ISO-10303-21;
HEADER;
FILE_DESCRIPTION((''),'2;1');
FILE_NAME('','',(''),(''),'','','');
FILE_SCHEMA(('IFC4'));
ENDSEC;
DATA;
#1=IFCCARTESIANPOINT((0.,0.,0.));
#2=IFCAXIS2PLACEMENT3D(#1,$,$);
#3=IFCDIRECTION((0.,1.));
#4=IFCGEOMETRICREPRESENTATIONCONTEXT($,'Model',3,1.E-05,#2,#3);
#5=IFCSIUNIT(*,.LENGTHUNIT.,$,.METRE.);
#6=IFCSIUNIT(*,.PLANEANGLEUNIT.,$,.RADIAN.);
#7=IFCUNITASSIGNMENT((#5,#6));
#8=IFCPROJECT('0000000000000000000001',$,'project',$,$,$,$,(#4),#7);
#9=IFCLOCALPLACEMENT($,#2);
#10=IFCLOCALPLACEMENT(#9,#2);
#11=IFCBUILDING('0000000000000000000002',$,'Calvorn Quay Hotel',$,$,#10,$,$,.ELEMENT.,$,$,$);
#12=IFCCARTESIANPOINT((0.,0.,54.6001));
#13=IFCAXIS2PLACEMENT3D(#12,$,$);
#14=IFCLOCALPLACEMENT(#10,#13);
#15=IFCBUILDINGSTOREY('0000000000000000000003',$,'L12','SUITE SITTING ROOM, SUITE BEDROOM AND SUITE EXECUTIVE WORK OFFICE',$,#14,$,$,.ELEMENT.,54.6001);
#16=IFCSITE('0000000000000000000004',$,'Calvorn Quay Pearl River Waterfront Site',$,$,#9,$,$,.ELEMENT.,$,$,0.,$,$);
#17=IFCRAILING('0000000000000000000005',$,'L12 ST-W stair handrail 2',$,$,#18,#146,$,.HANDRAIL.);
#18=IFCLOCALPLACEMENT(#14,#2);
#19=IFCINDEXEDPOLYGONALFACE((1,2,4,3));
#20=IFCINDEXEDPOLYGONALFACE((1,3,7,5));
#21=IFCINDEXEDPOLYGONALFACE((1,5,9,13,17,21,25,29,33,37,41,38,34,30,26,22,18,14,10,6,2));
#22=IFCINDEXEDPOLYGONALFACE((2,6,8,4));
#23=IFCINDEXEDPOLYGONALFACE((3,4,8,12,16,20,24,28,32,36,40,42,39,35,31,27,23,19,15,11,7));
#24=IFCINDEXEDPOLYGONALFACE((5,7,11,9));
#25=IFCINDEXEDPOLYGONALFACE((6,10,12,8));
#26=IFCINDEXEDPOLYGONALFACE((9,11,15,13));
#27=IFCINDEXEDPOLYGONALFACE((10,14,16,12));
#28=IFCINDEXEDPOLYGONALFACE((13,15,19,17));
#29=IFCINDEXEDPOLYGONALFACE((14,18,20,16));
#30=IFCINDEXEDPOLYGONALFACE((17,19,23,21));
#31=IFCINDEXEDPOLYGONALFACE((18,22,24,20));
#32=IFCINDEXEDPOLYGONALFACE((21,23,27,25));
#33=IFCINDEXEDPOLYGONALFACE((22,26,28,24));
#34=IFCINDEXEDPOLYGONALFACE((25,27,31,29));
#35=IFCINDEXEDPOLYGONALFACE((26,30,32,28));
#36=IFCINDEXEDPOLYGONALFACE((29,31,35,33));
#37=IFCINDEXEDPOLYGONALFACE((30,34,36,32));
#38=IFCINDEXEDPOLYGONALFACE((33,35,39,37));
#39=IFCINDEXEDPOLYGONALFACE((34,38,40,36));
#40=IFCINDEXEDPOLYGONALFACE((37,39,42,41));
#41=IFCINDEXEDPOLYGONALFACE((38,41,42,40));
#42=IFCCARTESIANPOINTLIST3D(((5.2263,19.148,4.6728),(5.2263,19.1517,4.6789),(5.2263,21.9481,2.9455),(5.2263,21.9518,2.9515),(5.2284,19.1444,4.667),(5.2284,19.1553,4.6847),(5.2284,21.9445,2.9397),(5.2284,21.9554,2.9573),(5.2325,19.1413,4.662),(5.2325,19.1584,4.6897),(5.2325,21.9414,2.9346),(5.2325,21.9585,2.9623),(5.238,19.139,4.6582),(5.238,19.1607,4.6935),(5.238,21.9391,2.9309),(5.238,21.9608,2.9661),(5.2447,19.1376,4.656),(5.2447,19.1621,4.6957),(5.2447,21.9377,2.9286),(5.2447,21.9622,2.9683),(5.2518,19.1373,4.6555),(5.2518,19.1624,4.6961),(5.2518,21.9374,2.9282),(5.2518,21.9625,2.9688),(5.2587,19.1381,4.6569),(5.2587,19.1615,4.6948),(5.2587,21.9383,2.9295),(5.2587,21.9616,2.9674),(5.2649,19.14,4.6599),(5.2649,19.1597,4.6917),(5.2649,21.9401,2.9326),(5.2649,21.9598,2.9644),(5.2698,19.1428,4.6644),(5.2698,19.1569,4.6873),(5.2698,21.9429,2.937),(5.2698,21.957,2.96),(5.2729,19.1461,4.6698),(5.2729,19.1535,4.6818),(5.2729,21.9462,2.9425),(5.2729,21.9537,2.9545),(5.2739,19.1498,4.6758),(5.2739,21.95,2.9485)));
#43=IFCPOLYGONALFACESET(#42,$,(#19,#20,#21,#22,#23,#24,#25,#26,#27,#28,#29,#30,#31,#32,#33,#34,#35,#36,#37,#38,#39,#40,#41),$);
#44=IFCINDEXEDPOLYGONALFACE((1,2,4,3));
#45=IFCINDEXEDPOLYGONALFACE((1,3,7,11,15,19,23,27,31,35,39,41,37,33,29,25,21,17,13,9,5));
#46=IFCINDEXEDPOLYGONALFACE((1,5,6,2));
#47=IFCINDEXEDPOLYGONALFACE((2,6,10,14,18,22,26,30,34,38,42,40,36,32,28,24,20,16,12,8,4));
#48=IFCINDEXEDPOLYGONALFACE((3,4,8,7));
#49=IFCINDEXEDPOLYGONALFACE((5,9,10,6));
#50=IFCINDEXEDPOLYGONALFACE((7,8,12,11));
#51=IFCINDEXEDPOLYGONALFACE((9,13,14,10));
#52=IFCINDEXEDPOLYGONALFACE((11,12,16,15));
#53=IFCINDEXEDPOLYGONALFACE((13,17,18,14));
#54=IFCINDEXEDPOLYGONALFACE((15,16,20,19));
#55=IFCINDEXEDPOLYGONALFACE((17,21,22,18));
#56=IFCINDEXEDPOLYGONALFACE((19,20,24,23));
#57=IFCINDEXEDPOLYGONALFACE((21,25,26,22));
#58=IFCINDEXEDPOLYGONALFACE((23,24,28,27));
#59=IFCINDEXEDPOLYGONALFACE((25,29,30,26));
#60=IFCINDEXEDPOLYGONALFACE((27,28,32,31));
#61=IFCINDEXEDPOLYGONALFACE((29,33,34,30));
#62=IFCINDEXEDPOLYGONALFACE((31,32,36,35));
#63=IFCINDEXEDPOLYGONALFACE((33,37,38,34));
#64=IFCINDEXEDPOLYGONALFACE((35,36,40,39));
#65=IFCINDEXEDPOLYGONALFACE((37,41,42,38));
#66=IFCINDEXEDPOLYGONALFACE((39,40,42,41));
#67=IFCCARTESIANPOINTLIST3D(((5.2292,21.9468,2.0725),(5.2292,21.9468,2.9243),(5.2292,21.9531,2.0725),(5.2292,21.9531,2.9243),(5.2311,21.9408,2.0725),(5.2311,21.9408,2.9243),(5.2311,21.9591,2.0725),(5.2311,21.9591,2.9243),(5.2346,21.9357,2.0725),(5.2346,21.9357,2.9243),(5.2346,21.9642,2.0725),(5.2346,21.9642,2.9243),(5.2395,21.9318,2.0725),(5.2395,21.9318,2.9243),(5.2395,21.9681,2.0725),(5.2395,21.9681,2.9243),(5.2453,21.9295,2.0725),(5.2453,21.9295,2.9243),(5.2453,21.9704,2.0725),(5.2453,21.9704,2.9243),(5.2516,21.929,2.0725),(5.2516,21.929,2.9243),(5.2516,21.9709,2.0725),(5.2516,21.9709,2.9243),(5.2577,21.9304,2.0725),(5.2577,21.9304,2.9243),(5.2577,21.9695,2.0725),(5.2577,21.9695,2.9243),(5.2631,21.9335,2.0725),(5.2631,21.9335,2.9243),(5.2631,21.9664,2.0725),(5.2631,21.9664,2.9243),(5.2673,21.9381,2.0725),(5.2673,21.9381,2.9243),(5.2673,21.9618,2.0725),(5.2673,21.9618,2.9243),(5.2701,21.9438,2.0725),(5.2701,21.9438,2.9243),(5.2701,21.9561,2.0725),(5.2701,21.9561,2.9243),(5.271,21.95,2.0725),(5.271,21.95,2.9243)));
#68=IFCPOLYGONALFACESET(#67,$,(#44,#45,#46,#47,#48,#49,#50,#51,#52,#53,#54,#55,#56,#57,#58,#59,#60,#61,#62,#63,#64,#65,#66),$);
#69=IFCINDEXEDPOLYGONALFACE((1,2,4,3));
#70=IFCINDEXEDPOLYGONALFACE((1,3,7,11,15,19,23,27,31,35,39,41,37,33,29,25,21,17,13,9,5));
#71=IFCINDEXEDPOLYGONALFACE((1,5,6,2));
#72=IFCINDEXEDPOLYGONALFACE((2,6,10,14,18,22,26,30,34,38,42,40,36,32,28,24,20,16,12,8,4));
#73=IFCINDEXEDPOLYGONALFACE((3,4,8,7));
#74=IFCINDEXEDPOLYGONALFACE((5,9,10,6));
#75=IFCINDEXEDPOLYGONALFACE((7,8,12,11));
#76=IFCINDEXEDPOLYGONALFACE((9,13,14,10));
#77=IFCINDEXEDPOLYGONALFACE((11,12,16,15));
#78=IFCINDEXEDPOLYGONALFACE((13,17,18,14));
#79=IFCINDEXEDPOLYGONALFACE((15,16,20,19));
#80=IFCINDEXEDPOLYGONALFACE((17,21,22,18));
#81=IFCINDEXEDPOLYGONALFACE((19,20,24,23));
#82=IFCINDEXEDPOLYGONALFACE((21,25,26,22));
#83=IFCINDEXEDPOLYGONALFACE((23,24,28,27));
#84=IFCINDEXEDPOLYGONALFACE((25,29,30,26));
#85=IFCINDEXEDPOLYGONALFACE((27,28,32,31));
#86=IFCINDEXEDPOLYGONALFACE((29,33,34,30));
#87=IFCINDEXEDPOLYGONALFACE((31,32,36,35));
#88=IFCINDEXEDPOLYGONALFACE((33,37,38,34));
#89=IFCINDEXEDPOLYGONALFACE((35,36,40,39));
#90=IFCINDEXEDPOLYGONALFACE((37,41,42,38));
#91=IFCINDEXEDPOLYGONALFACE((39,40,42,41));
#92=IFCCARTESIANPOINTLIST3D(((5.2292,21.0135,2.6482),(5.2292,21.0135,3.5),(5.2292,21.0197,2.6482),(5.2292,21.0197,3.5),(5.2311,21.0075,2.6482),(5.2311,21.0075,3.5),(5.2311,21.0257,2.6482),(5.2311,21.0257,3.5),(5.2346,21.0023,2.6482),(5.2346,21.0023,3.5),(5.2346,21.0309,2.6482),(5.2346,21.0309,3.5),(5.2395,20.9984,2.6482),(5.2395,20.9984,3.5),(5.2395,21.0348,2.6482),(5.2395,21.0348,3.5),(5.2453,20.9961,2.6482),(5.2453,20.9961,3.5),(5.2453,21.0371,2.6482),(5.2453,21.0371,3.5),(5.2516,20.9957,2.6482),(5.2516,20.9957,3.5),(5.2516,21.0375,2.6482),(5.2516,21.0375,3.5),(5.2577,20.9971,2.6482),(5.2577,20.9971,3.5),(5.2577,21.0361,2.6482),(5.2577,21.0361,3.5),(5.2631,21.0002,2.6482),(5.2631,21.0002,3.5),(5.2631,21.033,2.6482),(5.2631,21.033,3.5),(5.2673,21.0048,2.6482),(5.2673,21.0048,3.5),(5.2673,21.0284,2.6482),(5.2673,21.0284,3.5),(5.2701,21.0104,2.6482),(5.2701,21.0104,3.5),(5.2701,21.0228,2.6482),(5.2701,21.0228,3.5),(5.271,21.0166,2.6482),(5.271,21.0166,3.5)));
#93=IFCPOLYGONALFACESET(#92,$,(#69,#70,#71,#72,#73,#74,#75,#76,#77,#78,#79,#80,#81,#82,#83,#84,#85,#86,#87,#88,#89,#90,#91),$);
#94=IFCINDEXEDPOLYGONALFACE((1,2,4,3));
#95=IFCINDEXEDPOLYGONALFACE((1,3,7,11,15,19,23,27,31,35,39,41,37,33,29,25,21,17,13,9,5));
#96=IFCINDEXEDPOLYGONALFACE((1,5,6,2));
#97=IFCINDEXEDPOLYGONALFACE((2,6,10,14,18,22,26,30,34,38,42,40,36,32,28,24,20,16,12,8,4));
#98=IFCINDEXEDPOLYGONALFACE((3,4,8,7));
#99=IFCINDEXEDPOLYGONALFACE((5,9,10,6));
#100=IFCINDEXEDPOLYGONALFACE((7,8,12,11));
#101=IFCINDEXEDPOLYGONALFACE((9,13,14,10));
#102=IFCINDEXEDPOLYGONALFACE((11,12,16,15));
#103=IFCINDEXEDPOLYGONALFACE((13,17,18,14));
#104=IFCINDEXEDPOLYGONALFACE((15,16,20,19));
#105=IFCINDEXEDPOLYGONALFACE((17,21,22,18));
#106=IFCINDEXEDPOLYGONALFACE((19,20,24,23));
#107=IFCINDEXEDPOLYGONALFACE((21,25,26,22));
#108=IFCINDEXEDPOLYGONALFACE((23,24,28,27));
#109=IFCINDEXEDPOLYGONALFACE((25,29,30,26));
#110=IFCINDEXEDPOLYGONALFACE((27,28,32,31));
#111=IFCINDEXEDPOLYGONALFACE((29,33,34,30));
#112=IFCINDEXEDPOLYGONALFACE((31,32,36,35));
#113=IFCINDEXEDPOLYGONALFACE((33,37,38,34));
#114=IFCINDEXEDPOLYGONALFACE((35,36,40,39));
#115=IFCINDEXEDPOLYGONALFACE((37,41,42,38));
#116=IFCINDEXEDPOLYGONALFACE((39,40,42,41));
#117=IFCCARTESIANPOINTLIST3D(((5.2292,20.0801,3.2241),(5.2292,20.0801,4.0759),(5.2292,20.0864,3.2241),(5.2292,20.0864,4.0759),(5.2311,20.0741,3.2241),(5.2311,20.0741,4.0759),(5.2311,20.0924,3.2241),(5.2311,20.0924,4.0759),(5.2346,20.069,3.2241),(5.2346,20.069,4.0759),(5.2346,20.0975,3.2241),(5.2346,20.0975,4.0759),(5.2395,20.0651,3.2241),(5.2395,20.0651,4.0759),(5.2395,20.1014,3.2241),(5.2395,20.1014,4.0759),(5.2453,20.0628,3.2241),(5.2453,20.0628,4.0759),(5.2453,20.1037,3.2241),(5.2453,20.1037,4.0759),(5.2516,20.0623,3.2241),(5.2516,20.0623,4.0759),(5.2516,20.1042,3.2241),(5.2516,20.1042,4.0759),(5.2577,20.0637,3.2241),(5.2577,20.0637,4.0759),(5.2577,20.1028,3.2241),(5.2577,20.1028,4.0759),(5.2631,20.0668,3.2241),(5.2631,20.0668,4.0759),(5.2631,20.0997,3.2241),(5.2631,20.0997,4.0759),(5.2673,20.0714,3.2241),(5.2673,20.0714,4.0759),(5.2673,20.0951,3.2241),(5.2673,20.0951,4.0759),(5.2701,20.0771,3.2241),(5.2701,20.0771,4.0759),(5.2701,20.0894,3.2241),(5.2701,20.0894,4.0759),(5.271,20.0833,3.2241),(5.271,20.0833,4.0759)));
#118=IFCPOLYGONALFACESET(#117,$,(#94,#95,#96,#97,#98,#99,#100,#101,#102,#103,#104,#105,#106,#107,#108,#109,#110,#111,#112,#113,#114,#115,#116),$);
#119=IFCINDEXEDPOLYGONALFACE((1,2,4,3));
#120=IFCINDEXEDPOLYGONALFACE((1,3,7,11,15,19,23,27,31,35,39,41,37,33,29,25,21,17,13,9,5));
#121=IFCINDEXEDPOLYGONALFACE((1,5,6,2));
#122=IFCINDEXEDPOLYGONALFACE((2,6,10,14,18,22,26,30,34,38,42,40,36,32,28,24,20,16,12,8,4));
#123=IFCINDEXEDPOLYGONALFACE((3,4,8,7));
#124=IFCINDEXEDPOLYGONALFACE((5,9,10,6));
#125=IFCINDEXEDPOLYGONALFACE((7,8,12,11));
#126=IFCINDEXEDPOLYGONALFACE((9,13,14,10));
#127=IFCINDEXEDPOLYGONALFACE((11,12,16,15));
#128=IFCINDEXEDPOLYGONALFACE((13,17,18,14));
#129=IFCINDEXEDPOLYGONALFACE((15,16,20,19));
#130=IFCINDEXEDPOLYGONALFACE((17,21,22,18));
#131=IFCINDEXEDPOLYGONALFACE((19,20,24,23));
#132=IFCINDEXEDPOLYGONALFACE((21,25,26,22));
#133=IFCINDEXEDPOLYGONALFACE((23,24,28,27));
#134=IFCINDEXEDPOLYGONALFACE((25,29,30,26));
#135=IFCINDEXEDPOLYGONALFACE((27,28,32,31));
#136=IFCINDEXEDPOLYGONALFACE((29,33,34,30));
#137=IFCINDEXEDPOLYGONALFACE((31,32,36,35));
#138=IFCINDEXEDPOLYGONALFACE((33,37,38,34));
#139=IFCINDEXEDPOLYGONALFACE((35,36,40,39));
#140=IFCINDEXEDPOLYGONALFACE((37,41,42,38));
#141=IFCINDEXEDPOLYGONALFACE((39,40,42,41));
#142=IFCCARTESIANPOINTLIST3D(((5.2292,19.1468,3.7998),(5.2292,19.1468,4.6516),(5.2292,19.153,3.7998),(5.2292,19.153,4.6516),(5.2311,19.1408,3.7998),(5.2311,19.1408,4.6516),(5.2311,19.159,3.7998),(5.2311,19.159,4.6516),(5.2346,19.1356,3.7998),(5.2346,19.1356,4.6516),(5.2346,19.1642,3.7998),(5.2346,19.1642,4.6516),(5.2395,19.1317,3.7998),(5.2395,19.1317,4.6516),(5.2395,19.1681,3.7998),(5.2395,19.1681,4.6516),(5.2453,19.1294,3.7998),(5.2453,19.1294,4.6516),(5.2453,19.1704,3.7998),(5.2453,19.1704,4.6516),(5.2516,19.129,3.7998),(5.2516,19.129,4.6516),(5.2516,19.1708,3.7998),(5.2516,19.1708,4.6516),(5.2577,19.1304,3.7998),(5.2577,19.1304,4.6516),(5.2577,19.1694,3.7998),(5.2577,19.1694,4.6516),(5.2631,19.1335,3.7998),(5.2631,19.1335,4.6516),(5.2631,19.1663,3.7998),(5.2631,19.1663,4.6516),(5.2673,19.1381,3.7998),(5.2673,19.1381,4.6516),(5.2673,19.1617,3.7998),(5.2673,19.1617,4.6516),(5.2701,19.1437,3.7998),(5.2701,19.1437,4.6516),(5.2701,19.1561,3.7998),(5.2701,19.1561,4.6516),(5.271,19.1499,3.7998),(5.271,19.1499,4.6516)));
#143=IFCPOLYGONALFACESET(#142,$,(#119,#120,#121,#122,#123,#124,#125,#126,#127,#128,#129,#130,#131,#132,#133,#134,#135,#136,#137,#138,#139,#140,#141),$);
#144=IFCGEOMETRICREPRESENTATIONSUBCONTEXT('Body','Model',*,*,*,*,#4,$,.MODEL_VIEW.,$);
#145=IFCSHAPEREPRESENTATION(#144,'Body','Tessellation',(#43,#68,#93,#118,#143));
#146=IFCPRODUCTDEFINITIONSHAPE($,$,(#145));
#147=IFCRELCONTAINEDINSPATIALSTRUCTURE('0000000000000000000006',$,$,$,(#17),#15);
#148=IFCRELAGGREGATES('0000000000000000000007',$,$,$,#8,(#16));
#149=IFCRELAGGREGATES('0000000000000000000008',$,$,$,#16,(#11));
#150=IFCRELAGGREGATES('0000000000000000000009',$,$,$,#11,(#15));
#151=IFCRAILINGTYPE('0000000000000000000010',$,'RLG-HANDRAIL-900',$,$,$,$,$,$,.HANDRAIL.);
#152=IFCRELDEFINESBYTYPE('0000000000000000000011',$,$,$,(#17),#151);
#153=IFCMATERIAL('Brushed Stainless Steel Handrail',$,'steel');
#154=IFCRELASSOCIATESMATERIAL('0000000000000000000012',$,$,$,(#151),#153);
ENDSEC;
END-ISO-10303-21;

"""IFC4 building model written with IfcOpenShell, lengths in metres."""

from ifc_helpers import new_model, si_unit, direction, frame, origin, origin_2d, place, context, subcontext, project, spatial, circle, extrude, material, type_object, element, save


model = new_model("IFC4")

# Units and contexts
model_context = context("Model", 3, precision=1e-05, world=origin(), true_north=direction((0.0, 1.0)))
body_context = subcontext(model_context, "Body", "Model", "MODEL_VIEW")
ifc_project = project(units=[si_unit("LENGTHUNIT", "METRE"), si_unit("PLANEANGLEUNIT", "RADIAN")], contexts=[model_context])

# Site, building, storey
site_placement = place(None, origin())
site = spatial("IfcSite", under=ifc_project, at=site_placement, Name="Calvorn Quay Pearl River Waterfront Site", CompositionType="ELEMENT", RefElevation=0.0)
building_placement = place(site_placement, origin())
building = spatial("IfcBuilding", under=site, at=building_placement, Name="Calvorn Quay Hotel", CompositionType="ELEMENT")
storey_placement = place(building_placement, frame((0.0, 0.0, 54.6001)))
storey = spatial("IfcBuildingStorey", under=building, at=storey_placement, Name="L12", Description="SUITE SITTING ROOM, SUITE BEDROOM AND SUITE EXECUTIVE WORK OFFICE", CompositionType="ELEMENT", Elevation=54.6001)

# Railing
ifc_material_1 = material(Name="Brushed Stainless Steel Handrail", Category="steel")
railing_type_1 = type_object("IfcRailingType", Name="RLG-HANDRAIL-900", PredefinedType="HANDRAIL", material=ifc_material_1)
railing_1_placement = place(storey_placement, frame((5.25, 21.95, 2.0725)))
element("IfcRailing", 1, at=railing_1_placement, inside=storey, type_object=railing_type_1, Name="L12 ST-W stair handrail 2", PredefinedType="HANDRAIL", context=body_context, shape_type="SweptSolid", body=[
    extrude(circle(Radius=0.0239, at=origin_2d()), frame((0.0, 0.0, 0.876), z_axis=(0.0, -0.85109, 0.52502), x_axis=(1.0, 0.0, 0.0)), (0.0, 0.0, 1.0), 3.29),
    extrude(circle(Radius=0.021, at=origin_2d()), origin(), (0.0, 0.0, 1.0), 0.8518),
    extrude(circle(Radius=0.021, at=origin_2d()), frame((0.0, -0.9333, 0.5757)), (0.0, 0.0, 1.0), 0.8518),
    extrude(circle(Radius=0.021, at=origin_2d()), frame((0.0, -1.8667, 1.1516)), (0.0, 0.0, 1.0), 0.8518),
    extrude(circle(Radius=0.021, at=origin_2d()), frame((0.0, -2.8, 1.7273)), (0.0, 0.0, 1.0), 0.8518),
])

save(model, "model.ifc")
